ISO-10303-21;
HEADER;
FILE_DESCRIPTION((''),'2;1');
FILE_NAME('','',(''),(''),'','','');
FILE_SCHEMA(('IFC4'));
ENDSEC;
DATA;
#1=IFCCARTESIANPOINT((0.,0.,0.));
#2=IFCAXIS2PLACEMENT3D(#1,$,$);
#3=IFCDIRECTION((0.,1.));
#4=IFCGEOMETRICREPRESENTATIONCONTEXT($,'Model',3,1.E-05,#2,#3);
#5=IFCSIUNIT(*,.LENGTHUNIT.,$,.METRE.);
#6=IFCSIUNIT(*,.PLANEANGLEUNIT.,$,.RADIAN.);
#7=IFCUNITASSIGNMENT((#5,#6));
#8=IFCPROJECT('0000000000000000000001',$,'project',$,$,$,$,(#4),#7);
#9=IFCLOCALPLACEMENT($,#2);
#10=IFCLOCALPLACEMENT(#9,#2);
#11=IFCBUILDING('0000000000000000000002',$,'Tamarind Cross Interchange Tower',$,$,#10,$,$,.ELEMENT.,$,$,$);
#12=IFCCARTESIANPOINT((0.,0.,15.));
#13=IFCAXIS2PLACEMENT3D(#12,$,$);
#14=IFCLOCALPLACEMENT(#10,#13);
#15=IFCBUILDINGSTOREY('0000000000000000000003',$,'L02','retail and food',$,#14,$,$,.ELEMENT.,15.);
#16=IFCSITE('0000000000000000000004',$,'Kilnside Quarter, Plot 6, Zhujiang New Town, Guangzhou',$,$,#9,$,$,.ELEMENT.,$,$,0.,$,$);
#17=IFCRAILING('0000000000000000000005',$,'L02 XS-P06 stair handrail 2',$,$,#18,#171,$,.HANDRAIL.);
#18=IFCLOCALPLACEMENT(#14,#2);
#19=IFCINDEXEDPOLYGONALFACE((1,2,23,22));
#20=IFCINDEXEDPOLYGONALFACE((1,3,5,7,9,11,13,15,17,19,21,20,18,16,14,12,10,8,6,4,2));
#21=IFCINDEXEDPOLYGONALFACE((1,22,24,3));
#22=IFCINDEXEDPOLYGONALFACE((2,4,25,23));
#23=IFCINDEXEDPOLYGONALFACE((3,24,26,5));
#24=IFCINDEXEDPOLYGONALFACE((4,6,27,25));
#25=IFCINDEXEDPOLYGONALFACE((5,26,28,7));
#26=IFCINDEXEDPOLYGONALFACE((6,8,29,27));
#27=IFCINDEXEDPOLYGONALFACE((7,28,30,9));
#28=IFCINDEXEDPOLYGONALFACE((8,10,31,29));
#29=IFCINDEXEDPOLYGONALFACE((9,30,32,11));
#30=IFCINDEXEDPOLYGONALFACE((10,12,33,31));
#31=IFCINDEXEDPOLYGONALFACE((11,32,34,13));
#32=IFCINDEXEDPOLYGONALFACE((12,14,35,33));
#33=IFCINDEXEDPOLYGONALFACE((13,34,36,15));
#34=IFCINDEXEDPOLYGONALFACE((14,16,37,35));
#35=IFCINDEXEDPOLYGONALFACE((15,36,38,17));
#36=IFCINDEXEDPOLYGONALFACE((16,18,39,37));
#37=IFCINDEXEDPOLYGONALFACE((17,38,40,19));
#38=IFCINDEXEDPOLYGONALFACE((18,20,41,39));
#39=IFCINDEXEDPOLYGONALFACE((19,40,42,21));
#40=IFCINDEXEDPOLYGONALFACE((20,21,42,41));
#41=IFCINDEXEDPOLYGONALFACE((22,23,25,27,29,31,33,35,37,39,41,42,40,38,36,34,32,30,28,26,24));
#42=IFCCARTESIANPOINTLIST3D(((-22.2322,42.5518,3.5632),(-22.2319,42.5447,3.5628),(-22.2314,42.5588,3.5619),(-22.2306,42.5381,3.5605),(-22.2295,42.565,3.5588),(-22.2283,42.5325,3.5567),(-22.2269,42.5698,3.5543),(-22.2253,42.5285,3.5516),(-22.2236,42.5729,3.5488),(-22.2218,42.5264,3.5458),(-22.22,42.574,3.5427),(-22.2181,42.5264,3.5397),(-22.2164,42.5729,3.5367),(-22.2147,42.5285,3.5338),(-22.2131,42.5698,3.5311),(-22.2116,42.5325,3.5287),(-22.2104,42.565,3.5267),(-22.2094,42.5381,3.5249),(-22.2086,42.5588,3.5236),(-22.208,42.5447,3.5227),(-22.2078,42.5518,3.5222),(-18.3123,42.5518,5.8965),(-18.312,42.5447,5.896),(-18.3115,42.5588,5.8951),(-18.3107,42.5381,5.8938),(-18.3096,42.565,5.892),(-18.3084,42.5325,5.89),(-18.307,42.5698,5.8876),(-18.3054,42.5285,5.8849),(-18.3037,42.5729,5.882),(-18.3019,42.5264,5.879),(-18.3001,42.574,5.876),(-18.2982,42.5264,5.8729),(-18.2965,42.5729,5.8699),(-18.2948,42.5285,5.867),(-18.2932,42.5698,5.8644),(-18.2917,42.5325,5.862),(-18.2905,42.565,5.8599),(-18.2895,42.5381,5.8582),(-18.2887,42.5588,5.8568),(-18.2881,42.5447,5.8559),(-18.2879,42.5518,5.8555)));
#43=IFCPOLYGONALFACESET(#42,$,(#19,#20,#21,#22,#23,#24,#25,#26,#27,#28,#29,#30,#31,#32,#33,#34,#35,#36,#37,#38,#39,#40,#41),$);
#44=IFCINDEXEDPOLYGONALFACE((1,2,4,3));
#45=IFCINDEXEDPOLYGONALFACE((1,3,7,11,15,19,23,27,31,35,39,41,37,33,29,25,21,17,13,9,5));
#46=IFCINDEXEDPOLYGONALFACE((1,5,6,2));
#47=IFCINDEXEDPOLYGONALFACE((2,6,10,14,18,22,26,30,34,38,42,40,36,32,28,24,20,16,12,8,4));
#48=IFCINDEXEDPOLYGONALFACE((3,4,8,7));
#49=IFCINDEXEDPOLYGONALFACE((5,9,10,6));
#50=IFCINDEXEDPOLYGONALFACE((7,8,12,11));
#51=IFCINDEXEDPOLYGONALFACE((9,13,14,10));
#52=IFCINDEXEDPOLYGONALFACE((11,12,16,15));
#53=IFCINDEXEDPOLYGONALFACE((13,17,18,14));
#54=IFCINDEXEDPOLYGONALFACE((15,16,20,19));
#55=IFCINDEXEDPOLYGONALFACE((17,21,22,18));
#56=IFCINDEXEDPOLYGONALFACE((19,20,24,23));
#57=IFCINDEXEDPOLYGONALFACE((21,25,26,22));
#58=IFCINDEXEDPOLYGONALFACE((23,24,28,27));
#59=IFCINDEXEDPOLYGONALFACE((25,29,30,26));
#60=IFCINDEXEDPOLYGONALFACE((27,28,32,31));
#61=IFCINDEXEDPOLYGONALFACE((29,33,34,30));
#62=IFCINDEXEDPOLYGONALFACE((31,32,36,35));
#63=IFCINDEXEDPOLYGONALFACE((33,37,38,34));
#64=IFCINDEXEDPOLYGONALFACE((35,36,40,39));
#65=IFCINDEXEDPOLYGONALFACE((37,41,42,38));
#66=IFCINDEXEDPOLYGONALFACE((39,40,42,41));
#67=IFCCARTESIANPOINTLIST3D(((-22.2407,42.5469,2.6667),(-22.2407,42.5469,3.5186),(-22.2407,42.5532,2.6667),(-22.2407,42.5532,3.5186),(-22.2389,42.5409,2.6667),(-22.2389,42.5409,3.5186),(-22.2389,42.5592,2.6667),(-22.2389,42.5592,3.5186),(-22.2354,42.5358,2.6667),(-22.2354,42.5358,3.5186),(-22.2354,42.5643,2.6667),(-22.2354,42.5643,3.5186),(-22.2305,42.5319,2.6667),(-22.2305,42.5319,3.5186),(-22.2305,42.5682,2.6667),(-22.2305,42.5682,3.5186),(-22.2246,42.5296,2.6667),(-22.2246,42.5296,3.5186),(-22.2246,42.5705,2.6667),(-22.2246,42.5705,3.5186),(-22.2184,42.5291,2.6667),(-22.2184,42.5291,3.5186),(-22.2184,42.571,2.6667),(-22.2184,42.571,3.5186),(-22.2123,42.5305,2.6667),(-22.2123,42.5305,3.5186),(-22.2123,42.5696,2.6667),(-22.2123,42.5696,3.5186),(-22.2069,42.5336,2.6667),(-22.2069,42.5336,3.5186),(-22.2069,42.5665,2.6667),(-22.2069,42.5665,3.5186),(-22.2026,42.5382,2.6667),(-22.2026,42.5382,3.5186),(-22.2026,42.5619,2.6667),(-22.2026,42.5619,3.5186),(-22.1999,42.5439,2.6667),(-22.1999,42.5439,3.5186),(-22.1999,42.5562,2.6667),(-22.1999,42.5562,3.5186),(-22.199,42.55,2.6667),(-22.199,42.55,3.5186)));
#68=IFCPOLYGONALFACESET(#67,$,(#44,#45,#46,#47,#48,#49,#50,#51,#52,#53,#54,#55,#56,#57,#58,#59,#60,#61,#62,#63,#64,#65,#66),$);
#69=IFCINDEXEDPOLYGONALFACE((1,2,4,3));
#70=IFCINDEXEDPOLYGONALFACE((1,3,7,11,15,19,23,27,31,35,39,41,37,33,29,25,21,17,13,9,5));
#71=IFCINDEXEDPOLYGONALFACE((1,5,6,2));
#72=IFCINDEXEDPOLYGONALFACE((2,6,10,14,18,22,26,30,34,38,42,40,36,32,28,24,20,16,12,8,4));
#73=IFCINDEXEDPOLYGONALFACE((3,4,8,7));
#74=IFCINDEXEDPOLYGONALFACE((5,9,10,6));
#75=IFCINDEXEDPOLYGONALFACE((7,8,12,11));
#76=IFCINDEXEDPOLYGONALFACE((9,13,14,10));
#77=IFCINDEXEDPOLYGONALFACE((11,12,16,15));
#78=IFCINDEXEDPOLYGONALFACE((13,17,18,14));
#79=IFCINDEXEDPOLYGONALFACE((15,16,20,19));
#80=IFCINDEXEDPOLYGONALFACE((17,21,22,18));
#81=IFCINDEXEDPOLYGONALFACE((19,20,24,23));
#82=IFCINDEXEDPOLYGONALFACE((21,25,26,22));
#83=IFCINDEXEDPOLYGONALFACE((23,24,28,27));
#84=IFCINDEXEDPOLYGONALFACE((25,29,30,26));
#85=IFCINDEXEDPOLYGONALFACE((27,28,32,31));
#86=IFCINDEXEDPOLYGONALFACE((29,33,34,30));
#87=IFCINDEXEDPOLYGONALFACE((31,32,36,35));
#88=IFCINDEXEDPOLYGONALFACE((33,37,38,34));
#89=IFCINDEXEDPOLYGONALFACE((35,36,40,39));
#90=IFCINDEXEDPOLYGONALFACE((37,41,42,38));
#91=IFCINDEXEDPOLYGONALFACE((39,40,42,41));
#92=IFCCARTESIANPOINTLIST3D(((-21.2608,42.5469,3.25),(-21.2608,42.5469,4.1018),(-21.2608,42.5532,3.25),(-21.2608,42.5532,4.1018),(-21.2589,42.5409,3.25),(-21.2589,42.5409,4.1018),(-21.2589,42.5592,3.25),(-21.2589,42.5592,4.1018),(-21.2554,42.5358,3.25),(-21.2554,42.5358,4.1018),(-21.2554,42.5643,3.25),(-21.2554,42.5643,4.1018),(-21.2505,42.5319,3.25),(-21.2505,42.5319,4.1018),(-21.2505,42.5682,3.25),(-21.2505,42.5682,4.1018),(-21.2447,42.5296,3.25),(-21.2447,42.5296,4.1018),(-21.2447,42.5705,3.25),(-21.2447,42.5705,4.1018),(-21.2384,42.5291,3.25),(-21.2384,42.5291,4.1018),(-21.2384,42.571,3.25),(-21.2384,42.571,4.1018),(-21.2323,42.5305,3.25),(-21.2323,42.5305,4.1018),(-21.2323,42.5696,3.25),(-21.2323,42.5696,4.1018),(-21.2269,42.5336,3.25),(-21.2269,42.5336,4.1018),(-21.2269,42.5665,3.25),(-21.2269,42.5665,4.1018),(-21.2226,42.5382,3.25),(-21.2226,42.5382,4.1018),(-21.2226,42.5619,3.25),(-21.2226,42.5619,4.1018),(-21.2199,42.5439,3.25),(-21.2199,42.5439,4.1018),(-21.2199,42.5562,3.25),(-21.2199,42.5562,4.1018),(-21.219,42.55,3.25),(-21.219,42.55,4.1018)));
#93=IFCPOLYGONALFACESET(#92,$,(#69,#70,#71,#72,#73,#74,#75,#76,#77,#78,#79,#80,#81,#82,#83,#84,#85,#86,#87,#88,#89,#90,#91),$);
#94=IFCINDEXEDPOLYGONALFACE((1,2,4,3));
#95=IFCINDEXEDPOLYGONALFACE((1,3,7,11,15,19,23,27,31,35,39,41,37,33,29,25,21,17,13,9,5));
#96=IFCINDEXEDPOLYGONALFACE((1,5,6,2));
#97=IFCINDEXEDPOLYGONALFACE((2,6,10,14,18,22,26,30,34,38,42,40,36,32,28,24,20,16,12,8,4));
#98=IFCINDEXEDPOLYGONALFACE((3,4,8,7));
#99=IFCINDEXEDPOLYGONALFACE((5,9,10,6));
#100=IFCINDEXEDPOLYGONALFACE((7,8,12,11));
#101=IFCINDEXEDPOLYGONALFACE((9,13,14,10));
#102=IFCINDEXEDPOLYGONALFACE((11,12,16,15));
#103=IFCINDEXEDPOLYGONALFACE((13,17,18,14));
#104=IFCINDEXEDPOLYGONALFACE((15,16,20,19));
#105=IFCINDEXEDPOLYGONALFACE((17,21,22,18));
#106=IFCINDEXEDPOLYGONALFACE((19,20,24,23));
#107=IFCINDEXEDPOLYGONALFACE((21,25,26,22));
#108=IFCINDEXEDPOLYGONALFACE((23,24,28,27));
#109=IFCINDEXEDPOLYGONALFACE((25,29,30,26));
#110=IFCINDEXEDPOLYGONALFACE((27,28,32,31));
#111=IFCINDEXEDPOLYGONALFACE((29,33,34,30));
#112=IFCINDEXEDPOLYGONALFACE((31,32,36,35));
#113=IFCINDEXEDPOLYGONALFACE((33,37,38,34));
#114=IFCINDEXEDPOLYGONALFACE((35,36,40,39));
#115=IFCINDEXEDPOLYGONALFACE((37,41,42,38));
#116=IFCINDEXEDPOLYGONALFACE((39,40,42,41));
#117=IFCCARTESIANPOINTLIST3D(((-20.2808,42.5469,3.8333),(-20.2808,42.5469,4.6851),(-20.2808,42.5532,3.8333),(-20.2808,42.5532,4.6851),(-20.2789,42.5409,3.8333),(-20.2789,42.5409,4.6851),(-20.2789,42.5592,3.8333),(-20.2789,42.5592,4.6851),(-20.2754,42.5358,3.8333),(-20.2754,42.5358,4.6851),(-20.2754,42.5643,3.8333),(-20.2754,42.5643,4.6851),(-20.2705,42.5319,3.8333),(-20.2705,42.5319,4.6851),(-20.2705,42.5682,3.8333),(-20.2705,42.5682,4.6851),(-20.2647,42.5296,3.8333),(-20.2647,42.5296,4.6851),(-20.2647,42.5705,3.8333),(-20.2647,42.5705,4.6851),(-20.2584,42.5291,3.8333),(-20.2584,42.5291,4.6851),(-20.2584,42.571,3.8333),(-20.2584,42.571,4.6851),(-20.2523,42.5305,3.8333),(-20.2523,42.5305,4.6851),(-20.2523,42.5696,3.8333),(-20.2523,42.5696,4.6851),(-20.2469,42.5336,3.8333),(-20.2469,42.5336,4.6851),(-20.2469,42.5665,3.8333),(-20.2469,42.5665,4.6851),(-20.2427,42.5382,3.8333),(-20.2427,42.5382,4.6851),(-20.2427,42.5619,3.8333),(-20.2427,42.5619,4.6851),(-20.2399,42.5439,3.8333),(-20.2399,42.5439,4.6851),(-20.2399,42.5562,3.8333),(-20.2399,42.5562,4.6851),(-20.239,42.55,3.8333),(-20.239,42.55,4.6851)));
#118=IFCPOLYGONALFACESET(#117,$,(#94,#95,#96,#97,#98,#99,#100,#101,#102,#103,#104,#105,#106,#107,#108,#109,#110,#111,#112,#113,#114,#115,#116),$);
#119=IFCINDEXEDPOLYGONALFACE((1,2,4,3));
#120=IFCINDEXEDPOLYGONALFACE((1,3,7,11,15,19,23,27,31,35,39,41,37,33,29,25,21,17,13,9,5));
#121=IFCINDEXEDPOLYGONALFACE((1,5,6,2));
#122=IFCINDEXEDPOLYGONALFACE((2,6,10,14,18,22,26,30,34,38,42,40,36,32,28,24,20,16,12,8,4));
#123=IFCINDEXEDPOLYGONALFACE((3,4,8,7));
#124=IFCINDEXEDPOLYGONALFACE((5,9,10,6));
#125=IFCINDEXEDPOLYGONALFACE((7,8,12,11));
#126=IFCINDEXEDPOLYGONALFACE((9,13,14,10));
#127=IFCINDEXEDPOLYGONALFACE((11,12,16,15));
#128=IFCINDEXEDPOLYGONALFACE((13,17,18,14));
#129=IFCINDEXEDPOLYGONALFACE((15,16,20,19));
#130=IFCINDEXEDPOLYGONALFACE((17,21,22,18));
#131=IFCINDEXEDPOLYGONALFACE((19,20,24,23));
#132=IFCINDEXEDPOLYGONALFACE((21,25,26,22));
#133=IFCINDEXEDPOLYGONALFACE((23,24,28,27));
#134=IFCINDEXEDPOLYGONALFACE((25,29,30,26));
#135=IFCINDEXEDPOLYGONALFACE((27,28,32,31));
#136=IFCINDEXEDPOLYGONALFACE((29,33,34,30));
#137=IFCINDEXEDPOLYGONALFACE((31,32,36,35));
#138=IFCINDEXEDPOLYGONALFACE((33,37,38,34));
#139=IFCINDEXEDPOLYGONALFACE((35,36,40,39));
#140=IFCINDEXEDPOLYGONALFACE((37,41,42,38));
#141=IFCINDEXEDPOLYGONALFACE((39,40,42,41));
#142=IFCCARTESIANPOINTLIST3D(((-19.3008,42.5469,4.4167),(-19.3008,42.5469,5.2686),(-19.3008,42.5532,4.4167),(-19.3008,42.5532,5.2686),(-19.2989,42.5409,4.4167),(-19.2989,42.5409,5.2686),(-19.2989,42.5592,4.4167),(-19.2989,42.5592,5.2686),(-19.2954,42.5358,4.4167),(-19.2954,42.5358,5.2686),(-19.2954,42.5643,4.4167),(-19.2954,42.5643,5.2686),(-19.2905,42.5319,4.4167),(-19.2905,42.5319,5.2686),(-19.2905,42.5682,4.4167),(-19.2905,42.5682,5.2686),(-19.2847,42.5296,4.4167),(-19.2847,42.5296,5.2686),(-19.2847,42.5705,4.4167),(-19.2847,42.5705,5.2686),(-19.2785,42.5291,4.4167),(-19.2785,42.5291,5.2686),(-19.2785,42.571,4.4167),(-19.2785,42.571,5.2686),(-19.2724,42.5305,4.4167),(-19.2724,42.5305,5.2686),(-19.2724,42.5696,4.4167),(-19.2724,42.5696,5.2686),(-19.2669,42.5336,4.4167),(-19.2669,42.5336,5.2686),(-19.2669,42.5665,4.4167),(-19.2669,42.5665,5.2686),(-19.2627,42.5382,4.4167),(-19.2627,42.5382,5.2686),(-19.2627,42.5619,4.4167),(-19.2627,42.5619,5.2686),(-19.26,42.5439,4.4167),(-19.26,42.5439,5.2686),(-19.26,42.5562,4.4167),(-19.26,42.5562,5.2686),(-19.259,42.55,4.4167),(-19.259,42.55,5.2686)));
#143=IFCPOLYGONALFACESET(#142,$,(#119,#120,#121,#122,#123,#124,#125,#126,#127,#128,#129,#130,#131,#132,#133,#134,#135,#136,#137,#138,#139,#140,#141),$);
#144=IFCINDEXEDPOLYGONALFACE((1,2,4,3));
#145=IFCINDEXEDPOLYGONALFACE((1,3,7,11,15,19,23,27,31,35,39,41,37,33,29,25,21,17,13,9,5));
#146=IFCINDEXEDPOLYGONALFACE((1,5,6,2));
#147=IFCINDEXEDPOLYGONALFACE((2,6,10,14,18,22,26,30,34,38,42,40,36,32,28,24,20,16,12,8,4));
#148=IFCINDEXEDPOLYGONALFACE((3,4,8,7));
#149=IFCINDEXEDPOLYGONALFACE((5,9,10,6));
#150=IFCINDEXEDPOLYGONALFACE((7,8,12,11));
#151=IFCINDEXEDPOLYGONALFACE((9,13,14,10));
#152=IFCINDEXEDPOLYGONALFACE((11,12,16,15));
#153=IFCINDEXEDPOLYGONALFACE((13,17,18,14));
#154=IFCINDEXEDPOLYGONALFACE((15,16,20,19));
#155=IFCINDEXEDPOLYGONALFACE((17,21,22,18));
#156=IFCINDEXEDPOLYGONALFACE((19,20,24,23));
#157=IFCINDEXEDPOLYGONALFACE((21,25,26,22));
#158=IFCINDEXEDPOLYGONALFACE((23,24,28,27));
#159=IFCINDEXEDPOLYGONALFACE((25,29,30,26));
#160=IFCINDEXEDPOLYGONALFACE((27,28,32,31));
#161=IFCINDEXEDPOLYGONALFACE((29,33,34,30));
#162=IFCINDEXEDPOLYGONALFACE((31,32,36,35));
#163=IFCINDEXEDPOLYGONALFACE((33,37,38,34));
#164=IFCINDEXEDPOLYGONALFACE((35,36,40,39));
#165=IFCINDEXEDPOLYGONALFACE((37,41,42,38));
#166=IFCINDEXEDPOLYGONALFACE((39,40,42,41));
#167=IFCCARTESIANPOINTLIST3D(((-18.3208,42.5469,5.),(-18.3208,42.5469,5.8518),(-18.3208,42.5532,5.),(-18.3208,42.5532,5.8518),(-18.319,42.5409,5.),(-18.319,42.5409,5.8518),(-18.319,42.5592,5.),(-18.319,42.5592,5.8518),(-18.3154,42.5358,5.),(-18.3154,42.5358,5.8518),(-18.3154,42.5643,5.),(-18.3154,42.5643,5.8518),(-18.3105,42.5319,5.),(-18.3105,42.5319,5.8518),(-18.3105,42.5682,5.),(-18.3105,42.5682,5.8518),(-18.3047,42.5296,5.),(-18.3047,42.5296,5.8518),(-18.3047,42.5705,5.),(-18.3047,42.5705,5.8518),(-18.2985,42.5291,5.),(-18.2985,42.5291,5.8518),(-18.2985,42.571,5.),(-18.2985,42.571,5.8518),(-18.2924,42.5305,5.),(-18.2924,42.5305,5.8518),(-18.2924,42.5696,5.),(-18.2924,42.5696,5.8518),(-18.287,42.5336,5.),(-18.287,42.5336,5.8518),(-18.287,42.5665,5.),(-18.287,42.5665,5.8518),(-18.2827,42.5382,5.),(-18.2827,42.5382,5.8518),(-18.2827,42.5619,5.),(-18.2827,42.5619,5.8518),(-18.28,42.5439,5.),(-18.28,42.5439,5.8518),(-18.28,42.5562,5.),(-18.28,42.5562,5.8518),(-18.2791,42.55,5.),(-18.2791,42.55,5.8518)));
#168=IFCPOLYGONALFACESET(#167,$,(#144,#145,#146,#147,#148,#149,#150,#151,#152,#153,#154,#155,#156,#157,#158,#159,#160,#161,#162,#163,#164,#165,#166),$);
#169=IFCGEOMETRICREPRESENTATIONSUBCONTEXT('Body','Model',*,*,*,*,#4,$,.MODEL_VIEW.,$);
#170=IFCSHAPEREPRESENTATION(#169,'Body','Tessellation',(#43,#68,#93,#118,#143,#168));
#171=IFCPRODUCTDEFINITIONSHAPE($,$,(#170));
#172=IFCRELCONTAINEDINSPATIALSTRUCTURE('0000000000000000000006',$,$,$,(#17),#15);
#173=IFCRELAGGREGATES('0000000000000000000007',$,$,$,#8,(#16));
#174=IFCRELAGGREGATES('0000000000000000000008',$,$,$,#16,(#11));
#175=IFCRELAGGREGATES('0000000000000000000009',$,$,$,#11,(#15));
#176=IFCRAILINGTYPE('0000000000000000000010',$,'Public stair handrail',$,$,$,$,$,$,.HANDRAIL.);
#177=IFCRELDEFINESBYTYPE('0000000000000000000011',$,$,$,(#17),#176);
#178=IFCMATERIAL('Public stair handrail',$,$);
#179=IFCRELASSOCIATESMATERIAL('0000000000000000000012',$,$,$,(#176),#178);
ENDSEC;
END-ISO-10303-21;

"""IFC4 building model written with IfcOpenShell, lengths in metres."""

from ifc_helpers import new_model, si_unit, direction, frame, origin, origin_2d, place, context, subcontext, project, spatial, circle, extrude, material, type_object, element, save


model = new_model("IFC4")

# Units and contexts
model_context = context("Model", 3, precision=1e-05, world=origin(), true_north=direction((0.0, 1.0)))
body_context = subcontext(model_context, "Body", "Model", "MODEL_VIEW")
ifc_project = project(units=[si_unit("LENGTHUNIT", "METRE"), si_unit("PLANEANGLEUNIT", "RADIAN")], contexts=[model_context])

# Site, building, storey
site_placement = place(None, origin())
site = spatial("IfcSite", under=ifc_project, at=site_placement, Name="Kilnside Quarter, Plot 6, Zhujiang New Town, Guangzhou", CompositionType="ELEMENT", RefElevation=0.0)
building_placement = place(site_placement, origin())
building = spatial("IfcBuilding", under=site, at=building_placement, Name="Tamarind Cross Interchange Tower", CompositionType="ELEMENT")
storey_placement = place(building_placement, frame((0.0, 0.0, 15.0)))
storey = spatial("IfcBuildingStorey", under=building, at=storey_placement, Name="L02", Description="retail and food", CompositionType="ELEMENT", Elevation=15.0)

# Railing
ifc_material_1 = material(Name="Public stair handrail")
railing_type_1 = type_object("IfcRailingType", Name="Public stair handrail", PredefinedType="HANDRAIL", material=ifc_material_1)
railing_1_placement = place(storey_placement, frame((-22.22, 42.55, 2.6667)))
element("IfcRailing", 1, at=railing_1_placement, inside=storey, type_object=railing_type_1, Name="L02 XS-P06 stair handrail 2", PredefinedType="HANDRAIL", context=body_context, shape_type="SweptSolid", body=[
    extrude(circle(Radius=0.0239, at=origin_2d()), frame((0.0, 0.0, 0.876), z_axis=(0.859296, 0.0, 0.511478), x_axis=(0.0, 1.0, 0.0)), (0.0, 0.0, 1.0), 4.5618),
    extrude(circle(Radius=0.021, at=origin_2d()), origin(), (0.0, 0.0, 1.0), 0.8518),
    extrude(circle(Radius=0.021, at=origin_2d()), frame((0.98, 0.0, 0.5833)), (0.0, 0.0, 1.0), 0.8518),
    extrude(circle(Radius=0.021, at=origin_2d()), frame((1.96, 0.0, 1.1665)), (0.0, 0.0, 1.0), 0.8518),
    extrude(circle(Radius=0.021, at=origin_2d()), frame((2.9399, 0.0, 1.75)), (0.0, 0.0, 1.0), 0.8518),
    extrude(circle(Radius=0.021, at=origin_2d()), frame((3.9199, 0.0, 2.3333)), (0.0, 0.0, 1.0), 0.8518),
])

save(model, "model.ifc")
